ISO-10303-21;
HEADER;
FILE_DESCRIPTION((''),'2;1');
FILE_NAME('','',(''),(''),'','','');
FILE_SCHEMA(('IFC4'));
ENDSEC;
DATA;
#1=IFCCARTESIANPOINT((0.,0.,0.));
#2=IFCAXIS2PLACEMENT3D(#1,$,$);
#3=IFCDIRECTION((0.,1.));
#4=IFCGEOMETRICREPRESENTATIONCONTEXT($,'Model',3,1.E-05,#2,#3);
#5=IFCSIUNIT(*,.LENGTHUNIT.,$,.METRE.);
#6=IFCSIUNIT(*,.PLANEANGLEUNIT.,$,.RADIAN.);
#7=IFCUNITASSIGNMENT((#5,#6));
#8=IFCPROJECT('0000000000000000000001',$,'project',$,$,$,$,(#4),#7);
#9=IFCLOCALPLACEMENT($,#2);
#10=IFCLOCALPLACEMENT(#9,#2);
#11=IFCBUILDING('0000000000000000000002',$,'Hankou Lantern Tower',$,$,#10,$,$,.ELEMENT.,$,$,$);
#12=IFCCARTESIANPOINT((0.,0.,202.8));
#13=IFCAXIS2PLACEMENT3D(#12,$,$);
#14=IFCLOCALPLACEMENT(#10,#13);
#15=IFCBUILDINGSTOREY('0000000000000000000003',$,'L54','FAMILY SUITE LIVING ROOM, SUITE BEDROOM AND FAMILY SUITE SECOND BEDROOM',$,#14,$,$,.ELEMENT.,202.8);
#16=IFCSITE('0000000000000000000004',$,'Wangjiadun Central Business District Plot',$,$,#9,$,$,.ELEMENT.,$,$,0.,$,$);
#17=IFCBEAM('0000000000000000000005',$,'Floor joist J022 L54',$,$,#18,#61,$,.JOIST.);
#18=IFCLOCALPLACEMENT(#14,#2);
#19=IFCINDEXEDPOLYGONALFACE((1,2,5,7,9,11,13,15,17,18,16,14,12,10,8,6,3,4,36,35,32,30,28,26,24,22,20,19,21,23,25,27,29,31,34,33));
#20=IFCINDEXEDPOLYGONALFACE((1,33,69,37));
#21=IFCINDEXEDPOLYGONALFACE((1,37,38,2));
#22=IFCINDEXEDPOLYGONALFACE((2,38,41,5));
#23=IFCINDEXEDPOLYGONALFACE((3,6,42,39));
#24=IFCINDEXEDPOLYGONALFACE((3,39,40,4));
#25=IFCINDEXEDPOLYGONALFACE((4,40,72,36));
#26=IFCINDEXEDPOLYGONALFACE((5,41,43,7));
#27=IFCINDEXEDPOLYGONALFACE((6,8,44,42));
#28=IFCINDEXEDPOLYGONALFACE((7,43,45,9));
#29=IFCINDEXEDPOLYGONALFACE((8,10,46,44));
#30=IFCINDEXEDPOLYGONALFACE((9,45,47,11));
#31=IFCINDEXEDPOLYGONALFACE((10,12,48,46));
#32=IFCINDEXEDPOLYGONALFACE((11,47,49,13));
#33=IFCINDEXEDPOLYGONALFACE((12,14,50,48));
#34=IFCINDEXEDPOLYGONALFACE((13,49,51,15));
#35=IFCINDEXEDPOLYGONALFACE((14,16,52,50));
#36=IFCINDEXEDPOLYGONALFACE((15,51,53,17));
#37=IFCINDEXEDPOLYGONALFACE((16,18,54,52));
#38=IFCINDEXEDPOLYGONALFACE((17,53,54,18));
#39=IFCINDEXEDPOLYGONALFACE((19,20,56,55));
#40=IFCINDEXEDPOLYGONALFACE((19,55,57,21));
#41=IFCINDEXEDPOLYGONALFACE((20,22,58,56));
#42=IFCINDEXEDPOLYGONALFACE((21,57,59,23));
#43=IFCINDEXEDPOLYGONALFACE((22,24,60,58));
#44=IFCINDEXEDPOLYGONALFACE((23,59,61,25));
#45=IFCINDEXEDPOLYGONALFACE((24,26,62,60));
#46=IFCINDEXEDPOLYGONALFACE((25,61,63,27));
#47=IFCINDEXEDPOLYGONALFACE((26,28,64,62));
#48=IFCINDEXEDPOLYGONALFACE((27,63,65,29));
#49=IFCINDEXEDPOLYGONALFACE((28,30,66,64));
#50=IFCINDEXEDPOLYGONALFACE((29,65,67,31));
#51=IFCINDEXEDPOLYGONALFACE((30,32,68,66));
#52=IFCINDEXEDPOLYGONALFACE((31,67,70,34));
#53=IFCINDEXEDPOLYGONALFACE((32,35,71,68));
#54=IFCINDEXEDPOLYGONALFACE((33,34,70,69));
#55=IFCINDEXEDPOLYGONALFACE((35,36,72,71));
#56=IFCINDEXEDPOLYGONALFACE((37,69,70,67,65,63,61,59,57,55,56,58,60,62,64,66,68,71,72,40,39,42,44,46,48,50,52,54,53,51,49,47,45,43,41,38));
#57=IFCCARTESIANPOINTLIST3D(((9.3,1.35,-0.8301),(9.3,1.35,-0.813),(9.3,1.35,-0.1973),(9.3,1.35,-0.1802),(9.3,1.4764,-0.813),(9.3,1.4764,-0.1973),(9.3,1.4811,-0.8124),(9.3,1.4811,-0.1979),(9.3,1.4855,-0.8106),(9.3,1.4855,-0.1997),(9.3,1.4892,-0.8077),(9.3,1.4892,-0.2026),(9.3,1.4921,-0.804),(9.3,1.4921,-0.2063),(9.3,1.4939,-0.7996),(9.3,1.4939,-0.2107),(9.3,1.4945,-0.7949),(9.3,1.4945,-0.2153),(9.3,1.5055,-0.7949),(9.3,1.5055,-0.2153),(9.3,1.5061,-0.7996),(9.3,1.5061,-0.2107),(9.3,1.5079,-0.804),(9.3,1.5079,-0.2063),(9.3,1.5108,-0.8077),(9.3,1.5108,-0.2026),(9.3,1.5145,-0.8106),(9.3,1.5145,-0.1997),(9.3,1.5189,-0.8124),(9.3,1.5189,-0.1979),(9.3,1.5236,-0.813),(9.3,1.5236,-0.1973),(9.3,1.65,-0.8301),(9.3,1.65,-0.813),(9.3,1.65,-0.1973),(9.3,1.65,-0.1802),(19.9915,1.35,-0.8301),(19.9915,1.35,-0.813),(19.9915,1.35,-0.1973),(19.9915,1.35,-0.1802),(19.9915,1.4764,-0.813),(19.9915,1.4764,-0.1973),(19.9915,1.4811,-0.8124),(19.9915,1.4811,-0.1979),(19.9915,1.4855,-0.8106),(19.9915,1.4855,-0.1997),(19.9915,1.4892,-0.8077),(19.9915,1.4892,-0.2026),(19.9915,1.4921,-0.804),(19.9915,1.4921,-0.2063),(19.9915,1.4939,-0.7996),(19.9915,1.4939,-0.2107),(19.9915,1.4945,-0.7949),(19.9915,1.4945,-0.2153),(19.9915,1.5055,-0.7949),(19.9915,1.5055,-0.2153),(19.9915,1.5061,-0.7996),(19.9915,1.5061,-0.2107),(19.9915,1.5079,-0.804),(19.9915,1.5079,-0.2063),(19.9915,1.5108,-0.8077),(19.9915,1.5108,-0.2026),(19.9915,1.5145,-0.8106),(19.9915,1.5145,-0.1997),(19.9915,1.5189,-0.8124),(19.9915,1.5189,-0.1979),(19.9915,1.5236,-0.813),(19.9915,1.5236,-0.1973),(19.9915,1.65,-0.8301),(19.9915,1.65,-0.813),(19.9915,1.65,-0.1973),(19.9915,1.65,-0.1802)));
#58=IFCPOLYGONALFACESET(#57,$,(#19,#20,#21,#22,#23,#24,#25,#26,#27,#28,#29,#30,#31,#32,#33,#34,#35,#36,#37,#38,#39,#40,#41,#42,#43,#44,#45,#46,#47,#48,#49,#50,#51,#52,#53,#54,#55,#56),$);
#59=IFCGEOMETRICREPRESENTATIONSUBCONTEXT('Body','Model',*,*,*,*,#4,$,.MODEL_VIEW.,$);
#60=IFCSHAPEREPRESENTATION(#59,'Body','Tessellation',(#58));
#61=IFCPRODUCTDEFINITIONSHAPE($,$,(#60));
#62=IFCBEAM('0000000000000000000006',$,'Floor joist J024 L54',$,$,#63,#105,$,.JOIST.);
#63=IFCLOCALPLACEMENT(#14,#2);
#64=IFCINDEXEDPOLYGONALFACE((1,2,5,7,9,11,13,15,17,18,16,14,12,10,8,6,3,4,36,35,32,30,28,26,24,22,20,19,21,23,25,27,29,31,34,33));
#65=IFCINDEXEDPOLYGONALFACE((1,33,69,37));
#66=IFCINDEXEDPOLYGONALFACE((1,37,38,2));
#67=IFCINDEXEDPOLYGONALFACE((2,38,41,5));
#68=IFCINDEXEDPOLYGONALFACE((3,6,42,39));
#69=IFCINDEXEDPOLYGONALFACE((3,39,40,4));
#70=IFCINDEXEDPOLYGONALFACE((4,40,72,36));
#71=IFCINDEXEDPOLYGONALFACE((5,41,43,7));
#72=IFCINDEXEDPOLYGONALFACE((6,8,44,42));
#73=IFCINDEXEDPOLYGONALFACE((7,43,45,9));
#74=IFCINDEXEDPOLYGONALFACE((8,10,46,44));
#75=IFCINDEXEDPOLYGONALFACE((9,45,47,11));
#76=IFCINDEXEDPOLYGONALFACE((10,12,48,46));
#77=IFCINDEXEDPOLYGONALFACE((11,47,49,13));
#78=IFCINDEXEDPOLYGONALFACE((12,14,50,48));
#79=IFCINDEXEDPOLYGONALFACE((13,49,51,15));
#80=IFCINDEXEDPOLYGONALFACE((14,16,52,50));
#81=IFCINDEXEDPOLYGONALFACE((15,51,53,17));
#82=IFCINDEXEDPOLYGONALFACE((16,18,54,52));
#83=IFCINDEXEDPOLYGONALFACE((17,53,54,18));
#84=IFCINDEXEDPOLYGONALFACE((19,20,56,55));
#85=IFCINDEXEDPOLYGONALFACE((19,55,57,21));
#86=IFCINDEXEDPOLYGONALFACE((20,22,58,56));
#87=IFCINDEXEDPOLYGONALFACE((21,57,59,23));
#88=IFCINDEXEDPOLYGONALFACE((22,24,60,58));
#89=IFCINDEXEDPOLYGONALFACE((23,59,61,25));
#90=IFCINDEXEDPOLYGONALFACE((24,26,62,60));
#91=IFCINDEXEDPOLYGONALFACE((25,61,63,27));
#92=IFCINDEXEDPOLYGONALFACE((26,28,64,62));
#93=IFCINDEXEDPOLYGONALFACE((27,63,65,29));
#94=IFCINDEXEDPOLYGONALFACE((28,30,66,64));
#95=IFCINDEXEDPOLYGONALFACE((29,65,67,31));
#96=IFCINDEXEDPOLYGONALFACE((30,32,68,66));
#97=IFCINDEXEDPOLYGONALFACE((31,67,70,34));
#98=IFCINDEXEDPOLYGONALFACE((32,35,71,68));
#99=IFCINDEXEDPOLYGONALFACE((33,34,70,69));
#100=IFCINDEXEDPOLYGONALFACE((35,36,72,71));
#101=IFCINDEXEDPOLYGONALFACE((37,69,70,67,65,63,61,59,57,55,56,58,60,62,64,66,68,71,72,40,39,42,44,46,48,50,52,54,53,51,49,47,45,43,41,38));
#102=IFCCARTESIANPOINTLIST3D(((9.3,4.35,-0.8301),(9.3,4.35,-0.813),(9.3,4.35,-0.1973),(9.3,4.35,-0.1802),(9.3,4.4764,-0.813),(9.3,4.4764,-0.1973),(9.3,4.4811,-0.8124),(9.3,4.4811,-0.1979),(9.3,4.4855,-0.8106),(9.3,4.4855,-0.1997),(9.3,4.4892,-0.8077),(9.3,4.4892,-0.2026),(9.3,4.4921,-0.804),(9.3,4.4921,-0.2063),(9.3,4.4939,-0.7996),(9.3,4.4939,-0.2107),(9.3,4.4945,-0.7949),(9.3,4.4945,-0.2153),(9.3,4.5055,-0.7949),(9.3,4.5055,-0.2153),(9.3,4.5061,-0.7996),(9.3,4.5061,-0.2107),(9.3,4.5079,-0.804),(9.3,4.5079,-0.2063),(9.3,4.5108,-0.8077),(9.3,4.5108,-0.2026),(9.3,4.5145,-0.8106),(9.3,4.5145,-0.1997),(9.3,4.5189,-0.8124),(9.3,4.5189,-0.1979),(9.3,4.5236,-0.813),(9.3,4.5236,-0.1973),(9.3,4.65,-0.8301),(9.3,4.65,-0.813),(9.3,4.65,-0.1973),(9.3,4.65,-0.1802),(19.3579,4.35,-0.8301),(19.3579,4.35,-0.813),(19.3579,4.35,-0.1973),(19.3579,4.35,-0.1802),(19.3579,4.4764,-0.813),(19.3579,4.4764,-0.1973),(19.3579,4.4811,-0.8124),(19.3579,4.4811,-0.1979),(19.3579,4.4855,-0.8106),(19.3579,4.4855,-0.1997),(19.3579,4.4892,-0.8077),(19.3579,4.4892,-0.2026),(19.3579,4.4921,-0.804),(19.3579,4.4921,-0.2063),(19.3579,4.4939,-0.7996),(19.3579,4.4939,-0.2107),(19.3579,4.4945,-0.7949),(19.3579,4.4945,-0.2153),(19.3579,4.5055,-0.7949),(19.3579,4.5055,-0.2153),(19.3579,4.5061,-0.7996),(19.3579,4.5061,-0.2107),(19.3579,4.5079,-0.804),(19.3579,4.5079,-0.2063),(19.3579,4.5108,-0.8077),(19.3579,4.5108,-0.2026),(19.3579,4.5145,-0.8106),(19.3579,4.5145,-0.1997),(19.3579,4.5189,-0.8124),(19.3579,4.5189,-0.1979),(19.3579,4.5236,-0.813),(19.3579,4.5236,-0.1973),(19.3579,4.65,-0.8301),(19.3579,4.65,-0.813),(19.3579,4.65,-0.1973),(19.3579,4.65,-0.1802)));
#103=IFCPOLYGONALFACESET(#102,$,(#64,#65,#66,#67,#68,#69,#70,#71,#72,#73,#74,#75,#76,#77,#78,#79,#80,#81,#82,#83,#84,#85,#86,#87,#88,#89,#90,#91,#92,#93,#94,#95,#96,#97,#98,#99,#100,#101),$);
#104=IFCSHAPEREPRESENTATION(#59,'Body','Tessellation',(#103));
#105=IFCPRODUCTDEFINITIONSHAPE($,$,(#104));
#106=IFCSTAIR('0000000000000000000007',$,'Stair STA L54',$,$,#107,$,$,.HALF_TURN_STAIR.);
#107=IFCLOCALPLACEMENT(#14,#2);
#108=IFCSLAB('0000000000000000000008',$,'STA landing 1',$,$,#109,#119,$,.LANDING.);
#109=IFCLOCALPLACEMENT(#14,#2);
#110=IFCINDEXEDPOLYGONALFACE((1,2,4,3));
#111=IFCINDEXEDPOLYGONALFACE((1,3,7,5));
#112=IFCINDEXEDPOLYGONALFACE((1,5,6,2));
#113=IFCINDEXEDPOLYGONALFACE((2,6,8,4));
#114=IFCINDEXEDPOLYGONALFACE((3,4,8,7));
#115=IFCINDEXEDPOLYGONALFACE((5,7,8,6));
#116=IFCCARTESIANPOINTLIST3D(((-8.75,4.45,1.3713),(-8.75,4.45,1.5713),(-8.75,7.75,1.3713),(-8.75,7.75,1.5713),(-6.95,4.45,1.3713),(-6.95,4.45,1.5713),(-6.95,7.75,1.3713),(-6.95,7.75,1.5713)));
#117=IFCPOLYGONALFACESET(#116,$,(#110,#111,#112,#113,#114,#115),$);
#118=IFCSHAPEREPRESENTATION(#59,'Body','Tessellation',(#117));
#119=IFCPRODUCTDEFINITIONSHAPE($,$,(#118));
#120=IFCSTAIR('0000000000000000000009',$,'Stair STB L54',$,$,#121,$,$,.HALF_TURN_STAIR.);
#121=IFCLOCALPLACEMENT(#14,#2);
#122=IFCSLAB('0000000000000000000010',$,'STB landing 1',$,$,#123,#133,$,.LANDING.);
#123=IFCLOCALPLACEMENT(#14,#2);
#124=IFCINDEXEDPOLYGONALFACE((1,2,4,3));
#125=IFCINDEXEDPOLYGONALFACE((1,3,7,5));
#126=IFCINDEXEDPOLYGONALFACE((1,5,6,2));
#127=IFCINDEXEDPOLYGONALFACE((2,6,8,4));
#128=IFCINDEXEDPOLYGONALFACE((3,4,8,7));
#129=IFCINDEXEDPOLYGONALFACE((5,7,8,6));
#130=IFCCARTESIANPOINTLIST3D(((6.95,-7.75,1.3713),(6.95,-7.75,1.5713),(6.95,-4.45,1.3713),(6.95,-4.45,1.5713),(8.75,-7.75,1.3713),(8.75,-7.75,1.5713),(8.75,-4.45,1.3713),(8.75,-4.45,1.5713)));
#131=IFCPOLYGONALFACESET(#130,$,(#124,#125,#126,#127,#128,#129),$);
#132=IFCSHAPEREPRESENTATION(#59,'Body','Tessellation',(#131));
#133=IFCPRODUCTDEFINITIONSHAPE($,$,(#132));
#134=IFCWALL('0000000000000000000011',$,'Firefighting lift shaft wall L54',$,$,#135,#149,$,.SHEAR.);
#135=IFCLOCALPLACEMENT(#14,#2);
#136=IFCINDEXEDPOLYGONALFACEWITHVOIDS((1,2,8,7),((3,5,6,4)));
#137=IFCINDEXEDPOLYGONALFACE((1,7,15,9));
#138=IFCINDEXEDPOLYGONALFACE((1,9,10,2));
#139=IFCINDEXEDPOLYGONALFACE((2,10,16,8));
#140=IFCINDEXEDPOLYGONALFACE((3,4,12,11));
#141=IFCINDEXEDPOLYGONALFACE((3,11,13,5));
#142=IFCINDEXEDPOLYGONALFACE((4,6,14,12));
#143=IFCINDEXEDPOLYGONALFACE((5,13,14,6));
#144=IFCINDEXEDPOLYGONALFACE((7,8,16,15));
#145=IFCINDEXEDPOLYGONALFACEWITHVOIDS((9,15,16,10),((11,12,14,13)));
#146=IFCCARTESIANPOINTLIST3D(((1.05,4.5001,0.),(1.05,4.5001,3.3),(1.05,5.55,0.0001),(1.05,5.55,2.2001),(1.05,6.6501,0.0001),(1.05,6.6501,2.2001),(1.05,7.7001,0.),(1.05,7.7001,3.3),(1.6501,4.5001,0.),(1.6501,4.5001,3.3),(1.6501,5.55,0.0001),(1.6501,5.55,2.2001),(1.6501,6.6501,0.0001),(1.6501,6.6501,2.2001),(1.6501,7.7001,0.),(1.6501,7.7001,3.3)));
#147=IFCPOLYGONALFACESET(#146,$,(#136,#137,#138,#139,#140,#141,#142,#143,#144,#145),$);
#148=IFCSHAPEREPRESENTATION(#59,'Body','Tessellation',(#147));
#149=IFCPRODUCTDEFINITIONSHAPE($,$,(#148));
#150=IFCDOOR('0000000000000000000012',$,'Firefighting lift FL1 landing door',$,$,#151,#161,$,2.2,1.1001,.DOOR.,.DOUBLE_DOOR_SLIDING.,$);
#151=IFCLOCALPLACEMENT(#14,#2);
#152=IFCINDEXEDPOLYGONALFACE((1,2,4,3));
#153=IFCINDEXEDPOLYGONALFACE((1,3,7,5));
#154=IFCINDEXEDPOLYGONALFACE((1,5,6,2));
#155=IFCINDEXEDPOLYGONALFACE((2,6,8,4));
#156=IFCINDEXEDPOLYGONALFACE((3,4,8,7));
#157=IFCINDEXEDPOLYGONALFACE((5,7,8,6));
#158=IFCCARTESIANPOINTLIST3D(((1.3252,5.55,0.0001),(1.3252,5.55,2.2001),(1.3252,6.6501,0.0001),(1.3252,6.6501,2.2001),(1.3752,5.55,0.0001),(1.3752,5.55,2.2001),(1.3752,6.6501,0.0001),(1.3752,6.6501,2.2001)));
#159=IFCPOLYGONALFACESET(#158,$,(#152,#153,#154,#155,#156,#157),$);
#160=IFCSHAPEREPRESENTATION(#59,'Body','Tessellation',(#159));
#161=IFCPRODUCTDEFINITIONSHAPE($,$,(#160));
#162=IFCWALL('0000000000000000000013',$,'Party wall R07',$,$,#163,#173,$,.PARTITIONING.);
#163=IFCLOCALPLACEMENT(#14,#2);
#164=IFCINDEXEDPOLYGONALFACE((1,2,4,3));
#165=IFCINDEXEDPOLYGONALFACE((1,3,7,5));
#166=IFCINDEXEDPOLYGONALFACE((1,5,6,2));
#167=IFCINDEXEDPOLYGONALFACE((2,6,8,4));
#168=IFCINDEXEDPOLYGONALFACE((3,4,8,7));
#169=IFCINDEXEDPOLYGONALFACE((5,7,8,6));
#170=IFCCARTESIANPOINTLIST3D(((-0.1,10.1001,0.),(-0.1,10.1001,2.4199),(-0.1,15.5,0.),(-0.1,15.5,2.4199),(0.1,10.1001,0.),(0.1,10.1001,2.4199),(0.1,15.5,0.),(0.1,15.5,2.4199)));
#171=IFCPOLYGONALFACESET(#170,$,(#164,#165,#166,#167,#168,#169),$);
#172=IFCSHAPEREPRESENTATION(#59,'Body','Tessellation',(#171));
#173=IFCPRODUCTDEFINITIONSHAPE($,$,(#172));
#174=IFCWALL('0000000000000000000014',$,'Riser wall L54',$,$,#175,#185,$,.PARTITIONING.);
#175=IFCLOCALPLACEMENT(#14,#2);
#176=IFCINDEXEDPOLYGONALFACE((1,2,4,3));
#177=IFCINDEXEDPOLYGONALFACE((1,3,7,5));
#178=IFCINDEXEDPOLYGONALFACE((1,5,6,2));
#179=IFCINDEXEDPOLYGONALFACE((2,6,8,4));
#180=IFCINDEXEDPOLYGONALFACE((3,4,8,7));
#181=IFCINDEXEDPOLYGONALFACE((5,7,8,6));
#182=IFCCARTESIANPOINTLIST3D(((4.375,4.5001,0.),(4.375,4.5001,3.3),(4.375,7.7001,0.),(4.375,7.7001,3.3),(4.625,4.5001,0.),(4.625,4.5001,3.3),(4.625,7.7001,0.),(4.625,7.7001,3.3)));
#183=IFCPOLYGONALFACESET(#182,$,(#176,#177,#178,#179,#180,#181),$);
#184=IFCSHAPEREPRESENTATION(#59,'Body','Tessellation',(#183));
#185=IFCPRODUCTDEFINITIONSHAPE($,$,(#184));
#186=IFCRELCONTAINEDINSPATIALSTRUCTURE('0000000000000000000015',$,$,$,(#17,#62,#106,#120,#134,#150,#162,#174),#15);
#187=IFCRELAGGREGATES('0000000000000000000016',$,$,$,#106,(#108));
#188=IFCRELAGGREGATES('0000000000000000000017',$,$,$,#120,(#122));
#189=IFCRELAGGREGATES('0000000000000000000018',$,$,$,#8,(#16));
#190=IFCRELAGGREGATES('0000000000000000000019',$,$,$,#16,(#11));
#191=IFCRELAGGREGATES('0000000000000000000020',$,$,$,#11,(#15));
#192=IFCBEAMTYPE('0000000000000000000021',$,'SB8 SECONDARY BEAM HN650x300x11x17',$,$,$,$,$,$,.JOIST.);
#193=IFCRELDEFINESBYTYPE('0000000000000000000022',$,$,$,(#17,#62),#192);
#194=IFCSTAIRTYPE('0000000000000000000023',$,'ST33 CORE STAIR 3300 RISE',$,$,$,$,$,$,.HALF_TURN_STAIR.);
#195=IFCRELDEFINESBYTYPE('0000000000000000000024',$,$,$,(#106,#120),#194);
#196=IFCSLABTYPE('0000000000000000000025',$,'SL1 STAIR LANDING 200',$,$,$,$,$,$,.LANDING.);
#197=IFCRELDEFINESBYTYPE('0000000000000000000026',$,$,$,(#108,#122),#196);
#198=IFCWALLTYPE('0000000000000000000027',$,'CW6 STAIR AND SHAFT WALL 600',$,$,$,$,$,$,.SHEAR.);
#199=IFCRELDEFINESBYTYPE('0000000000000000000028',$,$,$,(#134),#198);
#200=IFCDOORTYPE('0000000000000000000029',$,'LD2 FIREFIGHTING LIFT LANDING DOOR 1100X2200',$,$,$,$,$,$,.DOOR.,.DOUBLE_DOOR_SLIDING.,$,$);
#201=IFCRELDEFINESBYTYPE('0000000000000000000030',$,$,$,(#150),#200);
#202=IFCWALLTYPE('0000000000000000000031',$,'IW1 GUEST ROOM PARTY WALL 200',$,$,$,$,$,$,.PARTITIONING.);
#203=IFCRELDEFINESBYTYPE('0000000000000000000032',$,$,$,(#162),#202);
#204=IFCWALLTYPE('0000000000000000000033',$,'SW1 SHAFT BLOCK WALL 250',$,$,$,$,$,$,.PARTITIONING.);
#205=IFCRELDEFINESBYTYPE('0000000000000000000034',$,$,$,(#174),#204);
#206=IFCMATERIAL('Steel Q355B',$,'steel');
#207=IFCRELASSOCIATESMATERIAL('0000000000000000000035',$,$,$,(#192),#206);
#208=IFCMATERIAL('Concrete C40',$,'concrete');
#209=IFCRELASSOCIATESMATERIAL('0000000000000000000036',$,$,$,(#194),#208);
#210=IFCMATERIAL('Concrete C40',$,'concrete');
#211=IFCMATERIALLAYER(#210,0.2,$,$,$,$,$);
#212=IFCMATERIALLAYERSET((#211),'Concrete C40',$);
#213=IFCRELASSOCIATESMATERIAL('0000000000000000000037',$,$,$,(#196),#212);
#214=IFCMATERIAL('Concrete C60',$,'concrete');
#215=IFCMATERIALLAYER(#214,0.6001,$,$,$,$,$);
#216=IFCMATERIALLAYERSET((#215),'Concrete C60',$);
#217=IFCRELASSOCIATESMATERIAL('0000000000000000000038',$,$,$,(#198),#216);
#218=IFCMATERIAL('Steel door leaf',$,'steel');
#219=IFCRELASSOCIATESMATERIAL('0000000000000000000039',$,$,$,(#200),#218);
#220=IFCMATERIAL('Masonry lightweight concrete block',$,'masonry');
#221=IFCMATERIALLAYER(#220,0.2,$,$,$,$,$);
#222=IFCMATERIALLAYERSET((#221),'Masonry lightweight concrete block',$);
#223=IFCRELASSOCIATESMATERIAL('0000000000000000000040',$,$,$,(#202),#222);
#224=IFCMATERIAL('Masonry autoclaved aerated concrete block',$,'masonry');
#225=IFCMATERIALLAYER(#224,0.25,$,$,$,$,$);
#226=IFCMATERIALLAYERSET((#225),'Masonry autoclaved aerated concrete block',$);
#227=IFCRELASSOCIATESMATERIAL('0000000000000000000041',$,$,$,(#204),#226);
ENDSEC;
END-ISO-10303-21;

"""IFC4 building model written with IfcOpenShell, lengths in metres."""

from ifc_helpers import new_model, si_unit, direction, frame, frame_2d, origin, origin_2d, place, context, subcontext, project, spatial, polyline, rectangle, i_section, outline, extrude, material, layer, layer_set, material_profile, profile_set, type_object, element, fill, aggregate, save


model = new_model("IFC4")

# Units and contexts
model_context = context("Model", 3, precision=1e-05, world=origin(), true_north=direction((0.0, 1.0)))
body_context = subcontext(model_context, "Body", "Model", "MODEL_VIEW")
ifc_project = project(units=[si_unit("LENGTHUNIT", "METRE"), si_unit("PLANEANGLEUNIT", "RADIAN")], contexts=[model_context])

# Site, building, storey
site_placement = place(None, origin())
site = spatial("IfcSite", under=ifc_project, at=site_placement, Name="Wangjiadun Central Business District Plot", CompositionType="ELEMENT", RefElevation=0.0)
building_placement = place(site_placement, origin())
building = spatial("IfcBuilding", under=site, at=building_placement, Name="Hankou Lantern Tower", CompositionType="ELEMENT")
storey_placement = place(building_placement, frame((0.0, 0.0, 202.8)))
storey = spatial("IfcBuildingStorey", under=building, at=storey_placement, Name="L54", Description="FAMILY SUITE LIVING ROOM, SUITE BEDROOM AND FAMILY SUITE SECOND BEDROOM", CompositionType="ELEMENT", Elevation=202.8)

# Beams
ifc_material_1 = material(Name="Steel Q355B", Category="steel")
ifc_material_profile_1 = material_profile(ifc_material_1, i_section(OverallWidth=0.3, OverallDepth=0.6499, WebThickness=0.011, FlangeThickness=0.0171, FilletRadius=0.0181, at=origin_2d()), Name="HN650x300x11x17")
ifc_profile_set_1 = profile_set([ifc_material_profile_1], Name="Steel Q355B")
beam_type_1 = type_object("IfcBeamType", Name="SB8 SECONDARY BEAM HN650x300x11x17", PredefinedType="JOIST", material=ifc_profile_set_1)
beam_1_placement = place(storey_placement, frame((9.3, 1.5, -0.5051), z_axis=(1.0, 0.0, 0.0), x_axis=(0.0, 1.0, 0.0)))
element("IfcBeam", 1, at=beam_1_placement, inside=storey, type_object=beam_type_1, Name="Floor joist J022 L54", PredefinedType="JOIST", context=body_context, shape_type="SweptSolid", body=[
    extrude(i_section(OverallWidth=0.3, OverallDepth=0.6499, WebThickness=0.011, FlangeThickness=0.0171, FilletRadius=0.0181, at=origin_2d()), origin(), (0.0, 0.0, 1.0), 10.6914),
])
beam_2_placement = place(storey_placement, frame((9.3, 4.5, -0.5051), z_axis=(1.0, 0.0, 0.0), x_axis=(0.0, 1.0, 0.0)))
element("IfcBeam", 2, at=beam_2_placement, inside=storey, type_object=beam_type_1, Name="Floor joist J024 L54", PredefinedType="JOIST", context=body_context, shape_type="SweptSolid", body=[
    extrude(i_section(OverallWidth=0.3, OverallDepth=0.6499, WebThickness=0.011, FlangeThickness=0.0171, FilletRadius=0.0181, at=origin_2d()), origin(), (0.0, 0.0, 1.0), 10.0579),
])

# Stairs, slabs
ifc_material_2 = material(Name="Concrete C40", Category="concrete")
stair_type = type_object("IfcStairType", Name="ST33 CORE STAIR 3300 RISE", PredefinedType="HALF_TURN_STAIR", material=ifc_material_2)
stair_1_placement = place(storey_placement, origin())
stair_1 = element("IfcStair", 3, at=stair_1_placement, inside=storey, type_object=stair_type, Name="Stair STA L54", PredefinedType="HALF_TURN_STAIR")
ifc_material_3 = material(Name="Concrete C40", Category="concrete")
ifc_layer_1 = layer(ifc_material_3, 0.2)
ifc_layer_set_1 = layer_set([ifc_layer_1], Name="Concrete C40")
slab_type = type_object("IfcSlabType", Name="SL1 STAIR LANDING 200", PredefinedType="LANDING", material=ifc_layer_set_1)
slab_1_placement = place(storey_placement, frame((0.0, 0.0, 1.3713)))
slab_1 = element("IfcSlab", 4, at=slab_1_placement, type_object=slab_type, Name="STA landing 1", PredefinedType="LANDING", context=body_context, shape_type="SweptSolid", body=[
    extrude(outline(polyline([(-8.75, 4.45), (-6.95, 4.45), (-6.95, 7.75), (-8.75, 7.75), (-8.75, 4.45)])), origin(), (0.0, 0.0, 1.0), 0.2),
])
aggregate(stair_1, [slab_1])
stair_2_placement = place(storey_placement, origin())
stair_2 = element("IfcStair", 5, at=stair_2_placement, inside=storey, type_object=stair_type, Name="Stair STB L54", PredefinedType="HALF_TURN_STAIR")
slab_2_placement = place(storey_placement, frame((0.0, 0.0, 1.3713)))
slab_2 = element("IfcSlab", 6, at=slab_2_placement, type_object=slab_type, Name="STB landing 1", PredefinedType="LANDING", context=body_context, shape_type="SweptSolid", body=[
    extrude(outline(polyline([(8.75, -4.45), (6.95, -4.45), (6.95, -7.75), (8.75, -7.75), (8.75, -4.45)])), origin(), (0.0, 0.0, 1.0), 0.2),
])
aggregate(stair_2, [slab_2])

# Wall, opening, door
ifc_material_4 = material(Name="Concrete C60", Category="concrete")
ifc_layer_2 = layer(ifc_material_4, 0.6001)
ifc_layer_set_2 = layer_set([ifc_layer_2], Name="Concrete C60")
wall_type_1 = type_object("IfcWallType", Name="CW6 STAIR AND SHAFT WALL 600", PredefinedType="SHEAR", material=ifc_layer_set_2)
wall_1_placement = place(storey_placement, frame((1.3501, 4.5, 0.0), z_axis=(0.0, 0.0, 1.0), x_axis=(0.0, 1.0, 0.0)))
wall_1 = element("IfcWall", 7, at=wall_1_placement, inside=storey, type_object=wall_type_1, Name="Firefighting lift shaft wall L54", PredefinedType="SHEAR", context=body_context, shape_type="SweptSolid", body=[
    extrude(rectangle(XDim=3.2, YDim=0.6001, at=frame_2d((1.6001, 0.0))), origin(), (0.0, 0.0, 1.0), 3.3),
])
opening_placement = place(wall_1_placement, frame((1.05, 0.0, 0.0)))
opening = element("IfcOpeningElement", 8, at=opening_placement, cuts=wall_1, PredefinedType="OPENING", context=body_context, shape_type="SweptSolid", body=[
    extrude(rectangle(XDim=1.1001, YDim=2.2, at=frame_2d((0.55, 1.1001))), frame((0.0, 0.3101, 0.0), z_axis=(0.0, -1.0, 0.0), x_axis=(1.0, 0.0, 0.0)), (0.0, 0.0, 1.0), 0.6201),
])
ifc_material_5 = material(Name="Steel door leaf", Category="steel")
door_type = type_object("IfcDoorType", Name="LD2 FIREFIGHTING LIFT LANDING DOOR 1100X2200", OperationType="DOUBLE_DOOR_SLIDING", PredefinedType="DOOR", material=ifc_material_5)
door_placement = place(opening_placement, origin())
door = element("IfcDoor", 9, at=door_placement, inside=storey, type_object=door_type, Name="Firefighting lift FL1 landing door", OperationType="DOUBLE_DOOR_SLIDING", OverallHeight=2.2, OverallWidth=1.1001, PredefinedType="DOOR", context=body_context, shape_type="SweptSolid", body=[
    extrude(rectangle(XDim=1.1001, YDim=2.2, at=frame_2d((0.55, 1.1001))), frame((0.0, 0.0249, 0.0), z_axis=(0.0, -1.0, 0.0), x_axis=(1.0, 0.0, 0.0)), (0.0, 0.0, 1.0), 0.05),
])
fill(opening, door)

# Walls
ifc_material_6 = material(Name="Masonry lightweight concrete block", Category="masonry")
ifc_layer_3 = layer(ifc_material_6, 0.2)
ifc_layer_set_3 = layer_set([ifc_layer_3], Name="Masonry lightweight concrete block")
wall_type_2 = type_object("IfcWallType", Name="IW1 GUEST ROOM PARTY WALL 200", PredefinedType="PARTITIONING", material=ifc_layer_set_3)
wall_2_placement = place(storey_placement, frame((0.0, 10.1001, 0.0), z_axis=(0.0, 0.0, 1.0), x_axis=(0.0, 1.0, 0.0)))
element("IfcWall", 10, at=wall_2_placement, inside=storey, type_object=wall_type_2, Name="Party wall R07", PredefinedType="PARTITIONING", context=body_context, shape_type="SweptSolid", body=[
    extrude(rectangle(XDim=5.3999, YDim=0.2, at=frame_2d((2.7, 0.0))), origin(), (0.0, 0.0, 1.0), 2.4199),
])
ifc_material_7 = material(Name="Masonry autoclaved aerated concrete block", Category="masonry")
ifc_layer_4 = layer(ifc_material_7, 0.25)
ifc_layer_set_4 = layer_set([ifc_layer_4], Name="Masonry autoclaved aerated concrete block")
wall_type_3 = type_object("IfcWallType", Name="SW1 SHAFT BLOCK WALL 250", PredefinedType="PARTITIONING", material=ifc_layer_set_4)
wall_3_placement = place(storey_placement, frame((4.5, 4.5, 0.0), z_axis=(0.0, 0.0, 1.0), x_axis=(0.0, 1.0, 0.0)))
element("IfcWall", 11, at=wall_3_placement, inside=storey, type_object=wall_type_3, Name="Riser wall L54", PredefinedType="PARTITIONING", context=body_context, shape_type="SweptSolid", body=[
    extrude(rectangle(XDim=3.2, YDim=0.25, at=frame_2d((1.6001, 0.0))), origin(), (0.0, 0.0, 1.0), 3.3),
])

save(model, "model.ifc")
